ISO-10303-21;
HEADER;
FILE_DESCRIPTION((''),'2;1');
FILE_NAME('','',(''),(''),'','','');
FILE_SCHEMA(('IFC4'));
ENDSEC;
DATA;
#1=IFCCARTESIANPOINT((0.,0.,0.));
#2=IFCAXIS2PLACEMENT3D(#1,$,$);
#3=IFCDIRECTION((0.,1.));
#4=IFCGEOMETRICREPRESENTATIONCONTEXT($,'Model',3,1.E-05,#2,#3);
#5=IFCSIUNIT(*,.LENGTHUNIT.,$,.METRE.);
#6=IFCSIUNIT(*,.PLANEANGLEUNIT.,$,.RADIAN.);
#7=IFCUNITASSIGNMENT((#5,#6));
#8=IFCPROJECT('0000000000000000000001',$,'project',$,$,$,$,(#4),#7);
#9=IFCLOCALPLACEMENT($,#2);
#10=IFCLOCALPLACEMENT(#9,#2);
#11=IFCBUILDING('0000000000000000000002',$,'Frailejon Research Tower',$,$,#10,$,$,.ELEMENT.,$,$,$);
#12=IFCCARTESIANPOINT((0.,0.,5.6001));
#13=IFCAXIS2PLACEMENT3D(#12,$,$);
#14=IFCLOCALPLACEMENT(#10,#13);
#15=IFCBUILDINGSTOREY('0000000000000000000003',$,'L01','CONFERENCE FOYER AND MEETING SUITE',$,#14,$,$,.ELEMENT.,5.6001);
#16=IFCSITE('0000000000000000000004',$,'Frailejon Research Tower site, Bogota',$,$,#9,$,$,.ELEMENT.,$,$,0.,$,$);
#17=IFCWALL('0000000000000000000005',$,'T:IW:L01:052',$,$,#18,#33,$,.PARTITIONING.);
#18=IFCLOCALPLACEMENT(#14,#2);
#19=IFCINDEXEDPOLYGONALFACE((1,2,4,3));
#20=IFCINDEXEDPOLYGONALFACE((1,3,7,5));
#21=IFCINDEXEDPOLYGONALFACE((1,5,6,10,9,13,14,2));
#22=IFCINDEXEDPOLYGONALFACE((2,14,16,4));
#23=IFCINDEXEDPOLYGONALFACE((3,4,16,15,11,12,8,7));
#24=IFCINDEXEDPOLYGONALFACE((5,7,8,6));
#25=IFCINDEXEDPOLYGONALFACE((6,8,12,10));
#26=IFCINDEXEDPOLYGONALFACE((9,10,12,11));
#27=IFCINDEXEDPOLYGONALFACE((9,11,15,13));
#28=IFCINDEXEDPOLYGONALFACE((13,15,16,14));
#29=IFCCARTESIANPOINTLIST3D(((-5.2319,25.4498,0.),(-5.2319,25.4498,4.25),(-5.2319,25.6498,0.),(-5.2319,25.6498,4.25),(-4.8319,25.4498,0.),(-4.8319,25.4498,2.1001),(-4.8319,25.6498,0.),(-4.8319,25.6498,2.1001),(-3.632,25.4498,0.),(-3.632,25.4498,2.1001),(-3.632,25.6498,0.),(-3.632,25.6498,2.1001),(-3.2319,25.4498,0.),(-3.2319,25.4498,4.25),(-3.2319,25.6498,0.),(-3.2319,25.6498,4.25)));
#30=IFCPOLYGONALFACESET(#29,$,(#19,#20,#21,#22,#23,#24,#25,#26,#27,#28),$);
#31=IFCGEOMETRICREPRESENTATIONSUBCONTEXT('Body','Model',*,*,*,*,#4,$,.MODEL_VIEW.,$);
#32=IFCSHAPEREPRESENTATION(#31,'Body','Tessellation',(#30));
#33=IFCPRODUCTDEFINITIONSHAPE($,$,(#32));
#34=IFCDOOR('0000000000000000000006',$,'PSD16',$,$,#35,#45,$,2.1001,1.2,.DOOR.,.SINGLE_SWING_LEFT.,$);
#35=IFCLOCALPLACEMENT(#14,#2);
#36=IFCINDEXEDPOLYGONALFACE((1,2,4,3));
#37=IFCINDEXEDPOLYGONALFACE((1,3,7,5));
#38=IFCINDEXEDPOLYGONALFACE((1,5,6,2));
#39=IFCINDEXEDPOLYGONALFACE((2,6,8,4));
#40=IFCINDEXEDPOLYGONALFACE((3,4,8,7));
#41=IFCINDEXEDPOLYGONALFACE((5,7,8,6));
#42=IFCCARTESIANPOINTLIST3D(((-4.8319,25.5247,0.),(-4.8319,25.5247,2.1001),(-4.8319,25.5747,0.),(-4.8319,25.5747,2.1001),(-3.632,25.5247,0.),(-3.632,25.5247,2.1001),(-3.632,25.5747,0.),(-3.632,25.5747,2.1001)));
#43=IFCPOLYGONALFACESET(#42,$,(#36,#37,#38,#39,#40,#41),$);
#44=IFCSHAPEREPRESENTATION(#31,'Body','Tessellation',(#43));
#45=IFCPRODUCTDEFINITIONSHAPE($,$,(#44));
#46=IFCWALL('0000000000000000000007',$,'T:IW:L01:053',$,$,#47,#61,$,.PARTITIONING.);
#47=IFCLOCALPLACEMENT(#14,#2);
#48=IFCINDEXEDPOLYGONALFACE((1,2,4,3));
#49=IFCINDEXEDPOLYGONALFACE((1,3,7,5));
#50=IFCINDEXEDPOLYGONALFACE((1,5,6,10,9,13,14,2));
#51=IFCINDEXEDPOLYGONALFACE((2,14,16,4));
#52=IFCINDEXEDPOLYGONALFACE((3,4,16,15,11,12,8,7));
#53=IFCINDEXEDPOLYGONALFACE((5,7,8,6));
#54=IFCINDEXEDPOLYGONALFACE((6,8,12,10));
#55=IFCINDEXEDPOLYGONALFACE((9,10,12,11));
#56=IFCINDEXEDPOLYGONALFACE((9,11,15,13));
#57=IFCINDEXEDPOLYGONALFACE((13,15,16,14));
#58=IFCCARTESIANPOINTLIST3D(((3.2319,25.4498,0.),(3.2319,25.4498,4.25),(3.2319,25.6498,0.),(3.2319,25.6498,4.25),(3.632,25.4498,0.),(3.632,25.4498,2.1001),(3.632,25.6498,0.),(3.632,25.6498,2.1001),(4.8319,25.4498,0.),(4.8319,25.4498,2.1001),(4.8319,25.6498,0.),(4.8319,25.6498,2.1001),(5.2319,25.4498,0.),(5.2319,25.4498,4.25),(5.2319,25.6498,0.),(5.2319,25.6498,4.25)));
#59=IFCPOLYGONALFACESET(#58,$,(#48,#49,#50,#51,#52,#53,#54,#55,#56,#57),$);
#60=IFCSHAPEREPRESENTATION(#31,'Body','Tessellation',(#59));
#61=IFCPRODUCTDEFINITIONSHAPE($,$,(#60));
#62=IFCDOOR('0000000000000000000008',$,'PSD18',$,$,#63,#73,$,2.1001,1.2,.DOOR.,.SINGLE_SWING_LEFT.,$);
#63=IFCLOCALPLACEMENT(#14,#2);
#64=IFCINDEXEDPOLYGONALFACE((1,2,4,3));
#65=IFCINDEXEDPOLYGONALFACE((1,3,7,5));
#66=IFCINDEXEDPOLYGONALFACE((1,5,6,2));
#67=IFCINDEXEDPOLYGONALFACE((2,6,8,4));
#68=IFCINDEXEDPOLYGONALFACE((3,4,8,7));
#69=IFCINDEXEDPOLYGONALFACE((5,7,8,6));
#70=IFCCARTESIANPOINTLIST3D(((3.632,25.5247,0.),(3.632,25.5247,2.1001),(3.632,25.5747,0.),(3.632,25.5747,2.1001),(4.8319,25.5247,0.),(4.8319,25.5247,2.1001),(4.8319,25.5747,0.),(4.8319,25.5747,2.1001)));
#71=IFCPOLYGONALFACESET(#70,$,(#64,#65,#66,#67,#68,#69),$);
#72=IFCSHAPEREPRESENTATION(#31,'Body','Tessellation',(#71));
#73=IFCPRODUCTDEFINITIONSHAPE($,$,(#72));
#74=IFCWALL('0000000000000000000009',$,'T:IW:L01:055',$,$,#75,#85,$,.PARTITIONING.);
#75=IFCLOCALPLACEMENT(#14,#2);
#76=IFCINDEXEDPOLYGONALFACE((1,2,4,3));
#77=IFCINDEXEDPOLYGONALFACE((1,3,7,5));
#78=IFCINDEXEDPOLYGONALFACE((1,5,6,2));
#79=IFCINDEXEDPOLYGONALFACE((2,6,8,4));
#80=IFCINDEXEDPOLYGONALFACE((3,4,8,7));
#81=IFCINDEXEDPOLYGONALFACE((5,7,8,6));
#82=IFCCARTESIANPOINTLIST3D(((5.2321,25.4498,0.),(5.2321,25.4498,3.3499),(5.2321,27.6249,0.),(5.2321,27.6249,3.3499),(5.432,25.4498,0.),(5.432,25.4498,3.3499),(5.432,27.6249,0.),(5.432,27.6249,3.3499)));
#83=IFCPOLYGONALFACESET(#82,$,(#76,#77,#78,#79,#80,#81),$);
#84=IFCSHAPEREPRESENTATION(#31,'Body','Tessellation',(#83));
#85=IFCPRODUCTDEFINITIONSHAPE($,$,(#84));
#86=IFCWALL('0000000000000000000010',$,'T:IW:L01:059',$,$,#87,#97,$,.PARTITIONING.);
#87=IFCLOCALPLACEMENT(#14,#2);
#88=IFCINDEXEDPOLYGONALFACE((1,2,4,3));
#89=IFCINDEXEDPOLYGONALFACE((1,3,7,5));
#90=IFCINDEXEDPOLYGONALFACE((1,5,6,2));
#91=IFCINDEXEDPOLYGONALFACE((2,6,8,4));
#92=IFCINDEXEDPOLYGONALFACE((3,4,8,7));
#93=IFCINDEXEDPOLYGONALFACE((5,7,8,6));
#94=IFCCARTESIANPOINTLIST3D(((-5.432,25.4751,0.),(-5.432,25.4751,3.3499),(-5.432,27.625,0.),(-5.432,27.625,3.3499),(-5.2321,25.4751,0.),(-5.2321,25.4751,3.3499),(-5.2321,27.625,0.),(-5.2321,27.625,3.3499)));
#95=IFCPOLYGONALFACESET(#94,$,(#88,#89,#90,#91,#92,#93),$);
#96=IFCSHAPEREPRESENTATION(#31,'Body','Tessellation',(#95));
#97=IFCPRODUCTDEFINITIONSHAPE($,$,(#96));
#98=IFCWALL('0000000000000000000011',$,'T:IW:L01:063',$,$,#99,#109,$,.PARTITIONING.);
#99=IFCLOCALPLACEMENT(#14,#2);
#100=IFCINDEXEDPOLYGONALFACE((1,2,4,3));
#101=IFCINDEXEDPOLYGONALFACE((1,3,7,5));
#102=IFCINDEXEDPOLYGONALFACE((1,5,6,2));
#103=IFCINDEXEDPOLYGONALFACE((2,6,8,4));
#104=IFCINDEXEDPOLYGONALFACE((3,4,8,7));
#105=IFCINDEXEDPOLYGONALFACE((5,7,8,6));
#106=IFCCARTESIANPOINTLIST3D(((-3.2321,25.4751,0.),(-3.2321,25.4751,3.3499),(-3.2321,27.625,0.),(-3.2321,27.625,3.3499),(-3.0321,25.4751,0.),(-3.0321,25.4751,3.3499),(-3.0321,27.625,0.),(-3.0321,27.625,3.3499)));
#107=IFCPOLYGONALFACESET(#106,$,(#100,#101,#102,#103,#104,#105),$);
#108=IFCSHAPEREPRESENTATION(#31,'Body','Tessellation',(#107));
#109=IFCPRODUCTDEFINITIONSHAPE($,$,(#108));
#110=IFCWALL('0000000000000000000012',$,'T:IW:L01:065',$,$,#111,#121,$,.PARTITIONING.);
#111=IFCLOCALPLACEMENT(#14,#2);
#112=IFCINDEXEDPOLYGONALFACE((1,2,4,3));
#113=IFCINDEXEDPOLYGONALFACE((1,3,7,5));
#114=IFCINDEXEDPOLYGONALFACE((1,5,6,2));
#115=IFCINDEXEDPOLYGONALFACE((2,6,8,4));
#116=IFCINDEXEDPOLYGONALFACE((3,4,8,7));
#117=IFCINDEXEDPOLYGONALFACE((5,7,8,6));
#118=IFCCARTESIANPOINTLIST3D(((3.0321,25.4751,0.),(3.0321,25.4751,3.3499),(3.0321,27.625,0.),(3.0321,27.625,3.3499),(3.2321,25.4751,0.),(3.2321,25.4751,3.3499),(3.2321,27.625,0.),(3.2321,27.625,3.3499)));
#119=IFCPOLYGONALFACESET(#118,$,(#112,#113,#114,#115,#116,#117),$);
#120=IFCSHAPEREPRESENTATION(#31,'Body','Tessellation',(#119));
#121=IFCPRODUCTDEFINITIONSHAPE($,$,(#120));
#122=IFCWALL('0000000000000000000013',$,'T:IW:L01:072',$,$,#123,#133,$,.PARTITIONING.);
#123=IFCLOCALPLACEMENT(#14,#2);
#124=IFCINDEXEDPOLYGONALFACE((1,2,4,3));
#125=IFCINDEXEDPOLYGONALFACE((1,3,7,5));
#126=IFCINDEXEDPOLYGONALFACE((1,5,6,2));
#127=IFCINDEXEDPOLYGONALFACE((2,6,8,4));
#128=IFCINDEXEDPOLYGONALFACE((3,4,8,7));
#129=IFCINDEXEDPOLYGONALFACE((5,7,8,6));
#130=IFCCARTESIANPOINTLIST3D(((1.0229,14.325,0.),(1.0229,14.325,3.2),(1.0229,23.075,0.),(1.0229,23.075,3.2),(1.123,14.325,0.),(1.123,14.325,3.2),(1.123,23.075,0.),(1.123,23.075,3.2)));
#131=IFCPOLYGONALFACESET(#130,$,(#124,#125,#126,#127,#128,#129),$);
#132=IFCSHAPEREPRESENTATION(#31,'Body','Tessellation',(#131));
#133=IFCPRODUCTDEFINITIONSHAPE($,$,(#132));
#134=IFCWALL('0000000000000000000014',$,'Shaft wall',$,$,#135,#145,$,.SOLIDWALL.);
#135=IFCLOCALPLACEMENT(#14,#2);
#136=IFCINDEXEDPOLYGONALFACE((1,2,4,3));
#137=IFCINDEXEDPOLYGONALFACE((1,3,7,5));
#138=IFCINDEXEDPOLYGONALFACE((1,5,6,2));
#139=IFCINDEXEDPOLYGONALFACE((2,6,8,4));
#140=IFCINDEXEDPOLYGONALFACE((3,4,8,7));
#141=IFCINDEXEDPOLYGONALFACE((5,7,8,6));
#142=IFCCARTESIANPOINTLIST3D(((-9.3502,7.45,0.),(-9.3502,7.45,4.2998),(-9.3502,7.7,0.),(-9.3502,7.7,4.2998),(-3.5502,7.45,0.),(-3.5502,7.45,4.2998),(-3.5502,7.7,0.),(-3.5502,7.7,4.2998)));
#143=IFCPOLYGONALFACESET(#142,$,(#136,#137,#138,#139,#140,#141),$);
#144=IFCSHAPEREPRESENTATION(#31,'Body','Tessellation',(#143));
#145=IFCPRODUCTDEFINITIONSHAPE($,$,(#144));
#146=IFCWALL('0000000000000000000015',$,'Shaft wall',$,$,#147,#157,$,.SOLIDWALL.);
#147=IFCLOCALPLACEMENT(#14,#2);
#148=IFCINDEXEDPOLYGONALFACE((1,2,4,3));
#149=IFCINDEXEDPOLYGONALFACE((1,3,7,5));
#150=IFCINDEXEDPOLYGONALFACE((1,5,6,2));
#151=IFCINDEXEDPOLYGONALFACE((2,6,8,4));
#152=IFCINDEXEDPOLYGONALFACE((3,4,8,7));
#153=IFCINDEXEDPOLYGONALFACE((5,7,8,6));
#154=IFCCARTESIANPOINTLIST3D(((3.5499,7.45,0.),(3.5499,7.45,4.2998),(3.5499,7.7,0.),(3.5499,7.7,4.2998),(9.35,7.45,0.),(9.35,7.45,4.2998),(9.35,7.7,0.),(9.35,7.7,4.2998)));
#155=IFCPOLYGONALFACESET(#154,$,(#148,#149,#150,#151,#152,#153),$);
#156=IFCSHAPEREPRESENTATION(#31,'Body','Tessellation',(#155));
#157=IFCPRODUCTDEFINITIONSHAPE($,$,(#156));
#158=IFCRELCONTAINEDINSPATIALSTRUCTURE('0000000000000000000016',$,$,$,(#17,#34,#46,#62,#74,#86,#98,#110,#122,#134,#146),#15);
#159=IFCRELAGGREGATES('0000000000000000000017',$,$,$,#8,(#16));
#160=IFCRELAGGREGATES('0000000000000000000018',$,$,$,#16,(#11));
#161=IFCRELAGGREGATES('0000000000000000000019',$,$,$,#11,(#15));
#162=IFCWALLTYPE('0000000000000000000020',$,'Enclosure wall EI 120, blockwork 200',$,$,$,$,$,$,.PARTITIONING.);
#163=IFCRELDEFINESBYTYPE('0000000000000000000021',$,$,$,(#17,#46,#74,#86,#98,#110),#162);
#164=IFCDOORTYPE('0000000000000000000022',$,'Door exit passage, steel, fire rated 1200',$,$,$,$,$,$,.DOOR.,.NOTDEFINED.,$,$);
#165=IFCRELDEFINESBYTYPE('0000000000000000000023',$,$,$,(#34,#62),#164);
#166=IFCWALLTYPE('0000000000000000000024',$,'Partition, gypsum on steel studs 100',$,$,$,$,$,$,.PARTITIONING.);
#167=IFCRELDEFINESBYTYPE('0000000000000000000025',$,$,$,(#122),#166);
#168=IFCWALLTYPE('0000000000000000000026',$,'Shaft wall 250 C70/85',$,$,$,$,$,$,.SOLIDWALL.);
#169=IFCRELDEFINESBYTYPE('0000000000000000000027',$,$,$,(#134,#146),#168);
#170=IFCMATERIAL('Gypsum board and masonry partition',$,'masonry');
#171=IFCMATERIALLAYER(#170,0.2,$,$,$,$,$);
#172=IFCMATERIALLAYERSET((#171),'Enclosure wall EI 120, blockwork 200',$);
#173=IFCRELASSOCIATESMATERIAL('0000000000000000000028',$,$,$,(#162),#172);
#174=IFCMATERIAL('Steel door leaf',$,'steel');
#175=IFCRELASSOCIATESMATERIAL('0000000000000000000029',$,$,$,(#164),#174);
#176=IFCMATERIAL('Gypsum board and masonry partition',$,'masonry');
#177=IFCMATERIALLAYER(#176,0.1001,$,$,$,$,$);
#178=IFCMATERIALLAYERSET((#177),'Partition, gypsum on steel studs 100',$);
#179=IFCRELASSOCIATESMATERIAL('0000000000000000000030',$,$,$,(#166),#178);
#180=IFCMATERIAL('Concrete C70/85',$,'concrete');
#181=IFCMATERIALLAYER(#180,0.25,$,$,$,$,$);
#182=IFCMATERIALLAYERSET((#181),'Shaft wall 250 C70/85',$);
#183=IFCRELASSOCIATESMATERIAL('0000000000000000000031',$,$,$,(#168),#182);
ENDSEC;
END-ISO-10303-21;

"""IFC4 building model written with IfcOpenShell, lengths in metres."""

from ifc_helpers import new_model, si_unit, direction, frame, frame_2d, origin, place, context, subcontext, project, spatial, rectangle, extrude, material, layer, layer_set, type_object, element, fill, save


model = new_model("IFC4")

# Units and contexts
model_context = context("Model", 3, precision=1e-05, world=origin(), true_north=direction((0.0, 1.0)))
body_context = subcontext(model_context, "Body", "Model", "MODEL_VIEW")
ifc_project = project(units=[si_unit("LENGTHUNIT", "METRE"), si_unit("PLANEANGLEUNIT", "RADIAN")], contexts=[model_context])

# Site, building, storey
site_placement = place(None, origin())
site = spatial("IfcSite", under=ifc_project, at=site_placement, Name="Frailejon Research Tower site, Bogota", CompositionType="ELEMENT", RefElevation=0.0)
building_placement = place(site_placement, origin())
building = spatial("IfcBuilding", under=site, at=building_placement, Name="Frailejon Research Tower", CompositionType="ELEMENT")
storey_placement = place(building_placement, frame((0.0, 0.0, 5.6001)))
storey = spatial("IfcBuildingStorey", under=building, at=storey_placement, Name="L01", Description="CONFERENCE FOYER AND MEETING SUITE", CompositionType="ELEMENT", Elevation=5.6001)

# Walls, openings, doors
ifc_material_1 = material(Name="Gypsum board and masonry partition", Category="masonry")
ifc_layer_1 = layer(ifc_material_1, 0.2)
ifc_layer_set_1 = layer_set([ifc_layer_1], Name="Enclosure wall EI 120, blockwork 200")
wall_type_1 = type_object("IfcWallType", Name="Enclosure wall EI 120, blockwork 200", PredefinedType="PARTITIONING", material=ifc_layer_set_1)
wall_1_placement = place(storey_placement, frame((-5.2319, 25.5498, 0.0), z_axis=(0.0, 0.0, 1.0), x_axis=(1.0, 0.0, 0.0)))
wall_1 = element("IfcWall", 1, at=wall_1_placement, inside=storey, type_object=wall_type_1, Name="T:IW:L01:052", PredefinedType="PARTITIONING", context=body_context, shape_type="SweptSolid", body=[
    extrude(rectangle(XDim=2.0, YDim=0.2, at=frame_2d((1.0, 0.0))), origin(), (0.0, 0.0, 1.0), 4.25),
])
opening_1_placement = place(wall_1_placement, frame((0.3999, 0.0, 0.0)))
opening_1 = element("IfcOpeningElement", 2, at=opening_1_placement, cuts=wall_1, PredefinedType="OPENING", context=body_context, shape_type="SweptSolid", body=[
    extrude(rectangle(XDim=1.2, YDim=2.1001, at=frame_2d((0.6001, 1.05))), frame((0.0, 0.1099, 0.0), z_axis=(0.0, -1.0, 0.0), x_axis=(1.0, 0.0, 0.0)), (0.0, 0.0, 1.0), 0.22),
])
ifc_material_2 = material(Name="Steel door leaf", Category="steel")
door_type_1 = type_object("IfcDoorType", Name="Door exit passage, steel, fire rated 1200", OperationType="NOTDEFINED", PredefinedType="DOOR", material=ifc_material_2)
door_1_placement = place(opening_1_placement, origin())
door_1 = element("IfcDoor", 3, at=door_1_placement, inside=storey, type_object=door_type_1, Name="PSD16", OperationType="SINGLE_SWING_LEFT", OverallHeight=2.1001, OverallWidth=1.2, PredefinedType="DOOR", context=body_context, shape_type="SweptSolid", body=[
    extrude(rectangle(XDim=1.2, YDim=2.1001, at=frame_2d((0.6001, 1.05))), frame((0.0, 0.0249, 0.0), z_axis=(0.0, -1.0, 0.0), x_axis=(1.0, 0.0, 0.0)), (0.0, 0.0, 1.0), 0.05),
])
fill(opening_1, door_1)
wall_2_placement = place(storey_placement, frame((3.2319, 25.5498, 0.0), z_axis=(0.0, 0.0, 1.0), x_axis=(1.0, 0.0, 0.0)))
wall_2 = element("IfcWall", 4, at=wall_2_placement, inside=storey, type_object=wall_type_1, Name="T:IW:L01:053", PredefinedType="PARTITIONING", context=body_context, shape_type="SweptSolid", body=[
    extrude(rectangle(XDim=2.0, YDim=0.2, at=frame_2d((1.0, 0.0))), origin(), (0.0, 0.0, 1.0), 4.25),
])
opening_2_placement = place(wall_2_placement, frame((0.3999, 0.0, 0.0)))
opening_2 = element("IfcOpeningElement", 5, at=opening_2_placement, cuts=wall_2, PredefinedType="OPENING", context=body_context, shape_type="SweptSolid", body=[
    extrude(rectangle(XDim=1.2, YDim=2.1001, at=frame_2d((0.6001, 1.05))), frame((0.0, 0.1099, 0.0), z_axis=(0.0, -1.0, 0.0), x_axis=(1.0, 0.0, 0.0)), (0.0, 0.0, 1.0), 0.22),
])
door_2_placement = place(opening_2_placement, origin())
door_2 = element("IfcDoor", 6, at=door_2_placement, inside=storey, type_object=door_type_1, Name="PSD18", OperationType="SINGLE_SWING_LEFT", OverallHeight=2.1001, OverallWidth=1.2, PredefinedType="DOOR", context=body_context, shape_type="SweptSolid", body=[
    extrude(rectangle(XDim=1.2, YDim=2.1001, at=frame_2d((0.6001, 1.05))), frame((0.0, 0.0249, 0.0), z_axis=(0.0, -1.0, 0.0), x_axis=(1.0, 0.0, 0.0)), (0.0, 0.0, 1.0), 0.05),
])
fill(opening_2, door_2)

# Walls
wall_3_placement = place(storey_placement, frame((5.332, 25.45, 0.0), z_axis=(0.0, 0.0, 1.0), x_axis=(0.0, 1.0, 0.0)))
element("IfcWall", 7, at=wall_3_placement, inside=storey, type_object=wall_type_1, Name="T:IW:L01:055", PredefinedType="PARTITIONING", context=body_context, shape_type="SweptSolid", body=[
    extrude(rectangle(XDim=2.175, YDim=0.2, at=frame_2d((1.0874, 0.0))), origin(), (0.0, 0.0, 1.0), 3.3499),
])
for number, where, z_axis, x_axis, name in (
    (8, (-5.332, 25.4751, 0.0), (0.0, 0.0, 1.0), (0.0, 1.0, 0.0), "T:IW:L01:059"),
    (9, (-3.1321, 25.4751, 0.0), (0.0, 0.0, 1.0), (0.0, 1.0, 0.0), "T:IW:L01:063"),
    (10, (3.1321, 25.4751, 0.0), (0.0, 0.0, 1.0), (0.0, 1.0, 0.0), "T:IW:L01:065"),
):
    element("IfcWall", number, at=place(storey_placement, frame(where, z_axis=z_axis, x_axis=x_axis)), inside=storey, type_object=wall_type_1, Name=name, PredefinedType="PARTITIONING", context=body_context, shape_type="SweptSolid", body=[
        extrude(rectangle(XDim=2.1499, YDim=0.2, at=frame_2d((1.075, 0.0))), origin(), (0.0, 0.0, 1.0), 3.3499),
    ])
ifc_material_3 = material(Name="Gypsum board and masonry partition", Category="masonry")
ifc_layer_2 = layer(ifc_material_3, 0.1001)
ifc_layer_set_2 = layer_set([ifc_layer_2], Name="Partition, gypsum on steel studs 100")
wall_type_2 = type_object("IfcWallType", Name="Partition, gypsum on steel studs 100", PredefinedType="PARTITIONING", material=ifc_layer_set_2)
wall_4_placement = place(storey_placement, frame((1.073, 14.325, 0.0), z_axis=(0.0, 0.0, 1.0), x_axis=(0.0, 1.0, 0.0)))
element("IfcWall", 11, at=wall_4_placement, inside=storey, type_object=wall_type_2, Name="T:IW:L01:072", PredefinedType="PARTITIONING", context=body_context, shape_type="SweptSolid", body=[
    extrude(rectangle(XDim=8.75, YDim=0.1001, at=frame_2d((4.375, 0.0))), origin(), (0.0, 0.0, 1.0), 3.2),
])
ifc_material_4 = material(Name="Concrete C70/85", Category="concrete")
ifc_layer_3 = layer(ifc_material_4, 0.25)
ifc_layer_set_3 = layer_set([ifc_layer_3], Name="Shaft wall 250 C70/85")
wall_type_3 = type_object("IfcWallType", Name="Shaft wall 250 C70/85", PredefinedType="SOLIDWALL", material=ifc_layer_set_3)
for number, where, z_axis, x_axis, name in (
    (12, (-9.3501, 7.575, 0.0), (0.0, 0.0, 1.0), (1.0, 0.0, 0.0), "Shaft wall"),
    (13, (3.55, 7.575, 0.0), (0.0, 0.0, 1.0), (1.0, 0.0, 0.0), "Shaft wall"),
):
    element("IfcWall", number, at=place(storey_placement, frame(where, z_axis=z_axis, x_axis=x_axis)), inside=storey, type_object=wall_type_3, Name=name, PredefinedType="SOLIDWALL", context=body_context, shape_type="SweptSolid", body=[
        extrude(rectangle(XDim=5.8, YDim=0.25, at=frame_2d((2.8999, 0.0))), origin(), (0.0, 0.0, 1.0), 4.2998),
    ])

save(model, "model.ifc")
